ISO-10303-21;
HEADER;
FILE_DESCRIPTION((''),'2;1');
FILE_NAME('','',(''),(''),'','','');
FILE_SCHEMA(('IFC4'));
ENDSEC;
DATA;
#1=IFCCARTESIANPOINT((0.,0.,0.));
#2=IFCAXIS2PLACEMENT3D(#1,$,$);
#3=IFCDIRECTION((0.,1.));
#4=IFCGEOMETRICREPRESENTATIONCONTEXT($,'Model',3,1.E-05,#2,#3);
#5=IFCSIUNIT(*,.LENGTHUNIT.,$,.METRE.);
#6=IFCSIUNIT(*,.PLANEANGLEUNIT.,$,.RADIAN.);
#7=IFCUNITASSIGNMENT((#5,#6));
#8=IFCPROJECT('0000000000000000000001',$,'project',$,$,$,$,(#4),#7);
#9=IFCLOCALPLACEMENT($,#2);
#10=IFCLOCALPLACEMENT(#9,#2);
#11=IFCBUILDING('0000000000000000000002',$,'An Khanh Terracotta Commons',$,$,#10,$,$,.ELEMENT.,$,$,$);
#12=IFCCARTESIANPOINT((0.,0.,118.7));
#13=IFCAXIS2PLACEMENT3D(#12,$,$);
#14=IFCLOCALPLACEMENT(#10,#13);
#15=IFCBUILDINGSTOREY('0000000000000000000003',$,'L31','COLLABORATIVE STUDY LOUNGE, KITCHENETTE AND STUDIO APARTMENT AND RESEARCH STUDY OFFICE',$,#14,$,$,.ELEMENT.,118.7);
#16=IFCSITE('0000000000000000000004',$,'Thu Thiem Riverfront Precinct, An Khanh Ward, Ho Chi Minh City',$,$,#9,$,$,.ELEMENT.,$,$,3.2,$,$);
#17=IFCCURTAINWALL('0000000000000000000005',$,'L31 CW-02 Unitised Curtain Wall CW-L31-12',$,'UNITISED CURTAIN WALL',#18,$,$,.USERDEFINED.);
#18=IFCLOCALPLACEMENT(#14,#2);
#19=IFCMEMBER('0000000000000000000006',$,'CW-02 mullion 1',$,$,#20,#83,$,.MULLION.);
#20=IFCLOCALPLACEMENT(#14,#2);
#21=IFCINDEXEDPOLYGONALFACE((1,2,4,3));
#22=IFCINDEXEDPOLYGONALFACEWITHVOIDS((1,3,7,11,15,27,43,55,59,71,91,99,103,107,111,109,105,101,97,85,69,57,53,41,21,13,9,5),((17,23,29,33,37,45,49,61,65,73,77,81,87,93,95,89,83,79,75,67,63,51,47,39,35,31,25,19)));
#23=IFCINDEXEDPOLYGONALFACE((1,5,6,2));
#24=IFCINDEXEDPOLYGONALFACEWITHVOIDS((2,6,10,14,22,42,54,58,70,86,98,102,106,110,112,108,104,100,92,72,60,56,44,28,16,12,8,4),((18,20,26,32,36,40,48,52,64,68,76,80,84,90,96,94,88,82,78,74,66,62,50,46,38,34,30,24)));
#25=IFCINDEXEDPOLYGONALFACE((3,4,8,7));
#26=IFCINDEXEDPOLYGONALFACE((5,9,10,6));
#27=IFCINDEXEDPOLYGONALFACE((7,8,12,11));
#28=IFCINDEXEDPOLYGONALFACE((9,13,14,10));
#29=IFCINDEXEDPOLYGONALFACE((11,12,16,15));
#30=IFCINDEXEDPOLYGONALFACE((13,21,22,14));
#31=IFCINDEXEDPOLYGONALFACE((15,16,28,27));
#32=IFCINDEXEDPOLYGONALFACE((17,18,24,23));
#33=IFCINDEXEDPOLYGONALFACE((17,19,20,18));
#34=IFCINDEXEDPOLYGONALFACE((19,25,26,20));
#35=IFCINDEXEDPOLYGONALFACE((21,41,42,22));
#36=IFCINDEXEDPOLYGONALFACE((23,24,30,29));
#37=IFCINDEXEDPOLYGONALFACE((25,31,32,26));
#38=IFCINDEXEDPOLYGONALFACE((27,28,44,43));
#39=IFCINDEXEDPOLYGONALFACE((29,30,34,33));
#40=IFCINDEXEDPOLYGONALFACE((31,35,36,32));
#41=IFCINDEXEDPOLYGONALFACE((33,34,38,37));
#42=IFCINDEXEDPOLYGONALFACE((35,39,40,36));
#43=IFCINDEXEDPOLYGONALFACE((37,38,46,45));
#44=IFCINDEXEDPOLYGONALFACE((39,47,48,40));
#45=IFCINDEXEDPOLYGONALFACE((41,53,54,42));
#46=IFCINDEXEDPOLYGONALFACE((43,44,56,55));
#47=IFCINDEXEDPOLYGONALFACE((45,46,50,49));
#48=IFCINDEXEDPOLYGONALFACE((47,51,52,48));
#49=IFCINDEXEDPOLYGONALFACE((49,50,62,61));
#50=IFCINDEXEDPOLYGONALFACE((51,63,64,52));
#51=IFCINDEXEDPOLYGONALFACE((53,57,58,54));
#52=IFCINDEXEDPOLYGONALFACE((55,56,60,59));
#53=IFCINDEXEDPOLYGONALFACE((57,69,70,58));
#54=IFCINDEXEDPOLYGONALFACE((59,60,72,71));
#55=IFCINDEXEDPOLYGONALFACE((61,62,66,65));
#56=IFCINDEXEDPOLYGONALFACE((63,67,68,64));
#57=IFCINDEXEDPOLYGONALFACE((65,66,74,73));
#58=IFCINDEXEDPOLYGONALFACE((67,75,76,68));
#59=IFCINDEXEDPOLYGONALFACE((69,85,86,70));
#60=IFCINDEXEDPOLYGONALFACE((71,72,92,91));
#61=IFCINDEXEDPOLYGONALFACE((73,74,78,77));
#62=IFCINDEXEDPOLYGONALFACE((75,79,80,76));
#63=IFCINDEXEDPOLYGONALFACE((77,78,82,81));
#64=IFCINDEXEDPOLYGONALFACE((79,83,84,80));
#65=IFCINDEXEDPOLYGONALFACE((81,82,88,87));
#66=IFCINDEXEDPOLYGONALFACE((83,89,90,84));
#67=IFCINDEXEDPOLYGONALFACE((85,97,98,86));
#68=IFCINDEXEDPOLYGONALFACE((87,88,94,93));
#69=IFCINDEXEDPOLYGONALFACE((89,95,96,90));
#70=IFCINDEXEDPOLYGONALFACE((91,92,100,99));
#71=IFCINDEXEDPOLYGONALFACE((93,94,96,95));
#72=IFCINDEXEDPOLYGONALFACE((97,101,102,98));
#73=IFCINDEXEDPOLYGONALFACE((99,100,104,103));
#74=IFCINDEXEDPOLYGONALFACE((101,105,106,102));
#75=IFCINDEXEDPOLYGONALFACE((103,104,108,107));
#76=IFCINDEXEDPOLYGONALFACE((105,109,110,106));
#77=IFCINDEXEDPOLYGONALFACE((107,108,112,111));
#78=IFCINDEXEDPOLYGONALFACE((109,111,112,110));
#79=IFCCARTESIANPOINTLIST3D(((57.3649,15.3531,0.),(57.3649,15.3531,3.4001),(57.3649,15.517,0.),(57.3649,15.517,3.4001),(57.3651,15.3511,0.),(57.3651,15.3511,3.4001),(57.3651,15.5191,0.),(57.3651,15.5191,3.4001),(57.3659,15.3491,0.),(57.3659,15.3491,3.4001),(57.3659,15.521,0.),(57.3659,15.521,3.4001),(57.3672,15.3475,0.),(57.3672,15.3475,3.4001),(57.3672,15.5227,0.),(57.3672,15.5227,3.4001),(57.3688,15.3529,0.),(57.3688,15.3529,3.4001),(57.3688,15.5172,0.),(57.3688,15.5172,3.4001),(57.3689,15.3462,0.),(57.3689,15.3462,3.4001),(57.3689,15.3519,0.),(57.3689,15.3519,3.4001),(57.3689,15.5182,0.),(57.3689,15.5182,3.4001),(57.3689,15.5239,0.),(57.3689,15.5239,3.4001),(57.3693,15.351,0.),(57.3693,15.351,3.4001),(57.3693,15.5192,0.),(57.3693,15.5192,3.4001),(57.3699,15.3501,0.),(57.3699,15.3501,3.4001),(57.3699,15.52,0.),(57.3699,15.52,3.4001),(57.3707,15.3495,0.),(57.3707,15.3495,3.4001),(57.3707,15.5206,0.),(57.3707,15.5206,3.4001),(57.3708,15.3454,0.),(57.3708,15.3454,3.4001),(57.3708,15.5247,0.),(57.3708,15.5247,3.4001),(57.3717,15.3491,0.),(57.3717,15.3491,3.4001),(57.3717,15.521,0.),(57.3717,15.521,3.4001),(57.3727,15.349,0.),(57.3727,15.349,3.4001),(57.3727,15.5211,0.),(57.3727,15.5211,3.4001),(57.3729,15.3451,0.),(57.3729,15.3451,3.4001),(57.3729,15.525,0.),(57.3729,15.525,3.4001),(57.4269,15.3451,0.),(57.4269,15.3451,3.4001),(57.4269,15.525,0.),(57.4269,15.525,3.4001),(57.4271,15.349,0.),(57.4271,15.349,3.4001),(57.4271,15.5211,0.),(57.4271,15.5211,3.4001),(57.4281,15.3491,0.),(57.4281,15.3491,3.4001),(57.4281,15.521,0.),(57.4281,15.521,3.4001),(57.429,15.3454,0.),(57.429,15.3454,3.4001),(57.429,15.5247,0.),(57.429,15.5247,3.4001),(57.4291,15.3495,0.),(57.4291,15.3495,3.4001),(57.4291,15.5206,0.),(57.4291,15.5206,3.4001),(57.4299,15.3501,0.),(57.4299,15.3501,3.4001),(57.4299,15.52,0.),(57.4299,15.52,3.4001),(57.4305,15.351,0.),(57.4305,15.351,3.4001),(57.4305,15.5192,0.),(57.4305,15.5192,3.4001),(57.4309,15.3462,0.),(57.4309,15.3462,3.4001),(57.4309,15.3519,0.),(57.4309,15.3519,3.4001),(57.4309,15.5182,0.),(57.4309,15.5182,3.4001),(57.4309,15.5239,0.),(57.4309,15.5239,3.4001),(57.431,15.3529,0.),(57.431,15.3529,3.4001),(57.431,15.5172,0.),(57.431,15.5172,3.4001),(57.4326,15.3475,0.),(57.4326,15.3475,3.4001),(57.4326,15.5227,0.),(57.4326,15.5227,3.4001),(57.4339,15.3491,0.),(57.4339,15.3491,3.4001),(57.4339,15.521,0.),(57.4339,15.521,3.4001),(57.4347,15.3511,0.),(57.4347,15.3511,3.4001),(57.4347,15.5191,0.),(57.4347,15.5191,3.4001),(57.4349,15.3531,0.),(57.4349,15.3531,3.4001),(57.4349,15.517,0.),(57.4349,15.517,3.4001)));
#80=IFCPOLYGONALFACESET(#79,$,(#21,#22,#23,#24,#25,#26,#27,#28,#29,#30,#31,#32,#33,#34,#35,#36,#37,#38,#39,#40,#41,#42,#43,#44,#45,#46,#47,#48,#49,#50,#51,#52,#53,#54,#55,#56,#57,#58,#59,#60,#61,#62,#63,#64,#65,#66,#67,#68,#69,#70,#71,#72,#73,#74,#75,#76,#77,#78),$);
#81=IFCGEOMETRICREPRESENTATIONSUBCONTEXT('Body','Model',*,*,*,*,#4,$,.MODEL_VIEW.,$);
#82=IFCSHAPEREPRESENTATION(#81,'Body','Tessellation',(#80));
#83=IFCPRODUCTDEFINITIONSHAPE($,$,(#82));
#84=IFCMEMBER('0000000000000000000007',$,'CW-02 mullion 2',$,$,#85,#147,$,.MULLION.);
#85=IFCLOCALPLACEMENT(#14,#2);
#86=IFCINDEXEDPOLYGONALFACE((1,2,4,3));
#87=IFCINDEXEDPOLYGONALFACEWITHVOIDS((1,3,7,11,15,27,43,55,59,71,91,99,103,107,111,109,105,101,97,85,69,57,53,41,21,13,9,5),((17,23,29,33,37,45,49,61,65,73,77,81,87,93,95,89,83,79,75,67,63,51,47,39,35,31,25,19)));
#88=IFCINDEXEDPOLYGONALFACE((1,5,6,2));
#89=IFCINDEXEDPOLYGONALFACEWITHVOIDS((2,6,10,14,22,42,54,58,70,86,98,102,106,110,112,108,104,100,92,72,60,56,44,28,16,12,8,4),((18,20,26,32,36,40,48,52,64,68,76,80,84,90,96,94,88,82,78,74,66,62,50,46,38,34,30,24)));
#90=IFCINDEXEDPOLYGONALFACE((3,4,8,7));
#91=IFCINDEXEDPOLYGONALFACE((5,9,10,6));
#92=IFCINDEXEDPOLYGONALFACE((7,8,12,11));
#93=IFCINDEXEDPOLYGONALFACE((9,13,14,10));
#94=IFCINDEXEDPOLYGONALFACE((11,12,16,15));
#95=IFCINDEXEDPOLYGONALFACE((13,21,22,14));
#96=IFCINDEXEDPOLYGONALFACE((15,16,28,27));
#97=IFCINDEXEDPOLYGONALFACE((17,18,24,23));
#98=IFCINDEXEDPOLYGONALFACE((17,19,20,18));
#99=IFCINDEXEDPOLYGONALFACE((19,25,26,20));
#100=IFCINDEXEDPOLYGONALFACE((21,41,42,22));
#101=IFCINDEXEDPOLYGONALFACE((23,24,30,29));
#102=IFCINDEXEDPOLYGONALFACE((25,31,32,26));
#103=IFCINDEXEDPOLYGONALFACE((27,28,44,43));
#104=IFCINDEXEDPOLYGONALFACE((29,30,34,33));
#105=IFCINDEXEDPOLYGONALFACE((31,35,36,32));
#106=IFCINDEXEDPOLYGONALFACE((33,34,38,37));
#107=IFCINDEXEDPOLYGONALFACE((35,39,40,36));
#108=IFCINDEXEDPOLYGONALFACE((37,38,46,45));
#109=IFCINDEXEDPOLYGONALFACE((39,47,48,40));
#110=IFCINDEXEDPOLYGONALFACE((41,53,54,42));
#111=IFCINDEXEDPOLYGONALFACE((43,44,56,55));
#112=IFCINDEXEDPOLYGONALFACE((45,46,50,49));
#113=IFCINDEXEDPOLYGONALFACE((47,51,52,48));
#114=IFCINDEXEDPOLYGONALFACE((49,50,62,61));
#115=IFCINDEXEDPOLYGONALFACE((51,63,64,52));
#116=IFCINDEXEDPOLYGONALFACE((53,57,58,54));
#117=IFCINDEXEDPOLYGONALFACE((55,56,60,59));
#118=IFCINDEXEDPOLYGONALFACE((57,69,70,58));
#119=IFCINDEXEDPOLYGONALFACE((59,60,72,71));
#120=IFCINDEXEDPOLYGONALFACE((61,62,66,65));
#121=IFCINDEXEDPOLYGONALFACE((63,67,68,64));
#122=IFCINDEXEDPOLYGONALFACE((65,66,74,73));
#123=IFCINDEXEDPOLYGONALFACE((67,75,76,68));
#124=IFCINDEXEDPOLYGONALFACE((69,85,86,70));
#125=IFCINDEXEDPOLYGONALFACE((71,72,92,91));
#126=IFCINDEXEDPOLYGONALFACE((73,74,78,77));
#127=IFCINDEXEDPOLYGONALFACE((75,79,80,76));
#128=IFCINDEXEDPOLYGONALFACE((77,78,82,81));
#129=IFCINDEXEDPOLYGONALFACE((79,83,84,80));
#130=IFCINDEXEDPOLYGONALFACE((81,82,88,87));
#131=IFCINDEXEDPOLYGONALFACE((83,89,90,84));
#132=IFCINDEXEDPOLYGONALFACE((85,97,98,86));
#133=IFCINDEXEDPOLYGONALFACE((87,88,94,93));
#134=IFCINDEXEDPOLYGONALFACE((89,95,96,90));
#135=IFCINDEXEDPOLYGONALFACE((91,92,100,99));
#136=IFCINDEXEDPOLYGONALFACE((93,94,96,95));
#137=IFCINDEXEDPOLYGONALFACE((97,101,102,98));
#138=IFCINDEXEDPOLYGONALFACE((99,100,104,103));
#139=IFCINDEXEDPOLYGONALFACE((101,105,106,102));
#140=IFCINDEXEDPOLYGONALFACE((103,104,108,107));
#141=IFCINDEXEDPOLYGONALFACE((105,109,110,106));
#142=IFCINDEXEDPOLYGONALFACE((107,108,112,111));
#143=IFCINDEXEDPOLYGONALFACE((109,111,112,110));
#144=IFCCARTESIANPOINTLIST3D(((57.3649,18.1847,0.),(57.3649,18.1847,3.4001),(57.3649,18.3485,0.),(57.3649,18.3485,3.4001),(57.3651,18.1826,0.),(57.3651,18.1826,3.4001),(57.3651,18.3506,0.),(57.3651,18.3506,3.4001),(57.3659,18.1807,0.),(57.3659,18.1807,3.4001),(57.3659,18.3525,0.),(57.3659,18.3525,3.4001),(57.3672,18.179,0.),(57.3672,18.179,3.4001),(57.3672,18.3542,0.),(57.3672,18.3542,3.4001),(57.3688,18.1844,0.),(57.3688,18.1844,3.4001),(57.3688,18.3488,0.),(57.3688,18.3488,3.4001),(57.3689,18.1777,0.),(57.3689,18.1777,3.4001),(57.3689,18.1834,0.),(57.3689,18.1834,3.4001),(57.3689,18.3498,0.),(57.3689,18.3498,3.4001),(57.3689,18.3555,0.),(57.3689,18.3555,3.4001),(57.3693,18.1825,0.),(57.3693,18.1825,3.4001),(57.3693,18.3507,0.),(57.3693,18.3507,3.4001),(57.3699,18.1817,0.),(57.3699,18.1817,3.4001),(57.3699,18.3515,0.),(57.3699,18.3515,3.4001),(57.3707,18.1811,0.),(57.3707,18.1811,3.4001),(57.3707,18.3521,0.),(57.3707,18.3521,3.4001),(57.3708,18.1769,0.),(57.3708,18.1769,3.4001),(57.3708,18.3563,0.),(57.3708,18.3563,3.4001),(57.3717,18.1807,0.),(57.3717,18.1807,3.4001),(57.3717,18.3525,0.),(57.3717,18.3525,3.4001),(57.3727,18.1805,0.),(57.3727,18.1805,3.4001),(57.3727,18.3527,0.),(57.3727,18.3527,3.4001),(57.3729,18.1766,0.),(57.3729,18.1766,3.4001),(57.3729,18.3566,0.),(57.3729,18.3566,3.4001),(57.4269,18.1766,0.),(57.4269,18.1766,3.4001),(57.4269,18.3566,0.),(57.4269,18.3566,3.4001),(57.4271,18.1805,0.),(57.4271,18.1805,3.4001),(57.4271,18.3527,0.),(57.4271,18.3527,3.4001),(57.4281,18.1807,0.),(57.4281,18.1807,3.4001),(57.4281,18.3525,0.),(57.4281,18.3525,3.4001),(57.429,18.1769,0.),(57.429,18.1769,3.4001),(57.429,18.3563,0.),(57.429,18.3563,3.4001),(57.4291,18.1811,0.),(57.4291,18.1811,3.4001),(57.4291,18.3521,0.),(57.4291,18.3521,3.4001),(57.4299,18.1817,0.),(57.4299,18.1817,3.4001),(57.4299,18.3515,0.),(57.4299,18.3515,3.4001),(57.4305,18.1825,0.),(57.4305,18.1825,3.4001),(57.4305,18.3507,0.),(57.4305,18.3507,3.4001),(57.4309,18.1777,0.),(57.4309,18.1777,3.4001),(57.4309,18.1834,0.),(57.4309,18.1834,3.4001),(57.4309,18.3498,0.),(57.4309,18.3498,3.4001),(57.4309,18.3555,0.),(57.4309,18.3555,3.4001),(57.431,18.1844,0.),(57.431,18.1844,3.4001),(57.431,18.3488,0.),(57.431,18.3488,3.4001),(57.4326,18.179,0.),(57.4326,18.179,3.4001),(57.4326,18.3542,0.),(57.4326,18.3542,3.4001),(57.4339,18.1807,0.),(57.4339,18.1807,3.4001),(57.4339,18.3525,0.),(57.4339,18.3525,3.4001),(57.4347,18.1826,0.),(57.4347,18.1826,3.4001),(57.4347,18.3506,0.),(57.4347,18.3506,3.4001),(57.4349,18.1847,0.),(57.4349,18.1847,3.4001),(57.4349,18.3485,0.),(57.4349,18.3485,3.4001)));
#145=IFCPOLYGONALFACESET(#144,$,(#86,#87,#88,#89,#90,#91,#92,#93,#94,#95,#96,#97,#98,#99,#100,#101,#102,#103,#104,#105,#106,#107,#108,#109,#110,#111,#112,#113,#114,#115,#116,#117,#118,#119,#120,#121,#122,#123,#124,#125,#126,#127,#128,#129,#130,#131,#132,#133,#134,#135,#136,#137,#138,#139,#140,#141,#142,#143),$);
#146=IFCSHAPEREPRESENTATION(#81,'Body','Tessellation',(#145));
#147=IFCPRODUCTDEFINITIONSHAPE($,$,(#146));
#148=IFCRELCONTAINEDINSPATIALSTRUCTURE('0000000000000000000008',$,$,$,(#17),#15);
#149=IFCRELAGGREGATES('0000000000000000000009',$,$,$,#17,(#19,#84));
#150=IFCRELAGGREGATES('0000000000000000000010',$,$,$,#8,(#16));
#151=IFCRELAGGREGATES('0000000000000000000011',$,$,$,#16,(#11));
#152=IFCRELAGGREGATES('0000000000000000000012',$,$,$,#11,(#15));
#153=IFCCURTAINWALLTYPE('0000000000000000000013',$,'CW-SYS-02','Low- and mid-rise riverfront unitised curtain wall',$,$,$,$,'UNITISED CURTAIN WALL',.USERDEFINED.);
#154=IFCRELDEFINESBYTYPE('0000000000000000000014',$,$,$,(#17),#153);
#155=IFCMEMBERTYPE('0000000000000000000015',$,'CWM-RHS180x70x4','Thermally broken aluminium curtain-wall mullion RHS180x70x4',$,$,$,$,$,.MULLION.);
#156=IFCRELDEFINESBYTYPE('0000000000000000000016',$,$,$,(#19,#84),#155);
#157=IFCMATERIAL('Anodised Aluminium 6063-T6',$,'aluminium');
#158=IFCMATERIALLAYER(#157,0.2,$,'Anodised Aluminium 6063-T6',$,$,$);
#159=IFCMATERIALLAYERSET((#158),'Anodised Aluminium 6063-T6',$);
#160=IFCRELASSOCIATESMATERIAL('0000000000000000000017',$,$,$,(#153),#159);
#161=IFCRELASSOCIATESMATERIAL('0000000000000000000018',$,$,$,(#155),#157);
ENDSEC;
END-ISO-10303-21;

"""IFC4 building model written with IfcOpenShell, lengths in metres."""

from ifc_helpers import new_model, si_unit, direction, frame, origin, origin_2d, place, context, subcontext, project, spatial, hollow_rectangle, extrude, material, layer, layer_set, material_profile, profile_set, type_object, element, aggregate, save


model = new_model("IFC4")

# Units and contexts
model_context = context("Model", 3, precision=1e-05, world=origin(), true_north=direction((0.0, 1.0)))
body_context = subcontext(model_context, "Body", "Model", "MODEL_VIEW")
ifc_project = project(units=[si_unit("LENGTHUNIT", "METRE"), si_unit("PLANEANGLEUNIT", "RADIAN")], contexts=[model_context])

# Site, building, storey
site_placement = place(None, origin())
site = spatial("IfcSite", under=ifc_project, at=site_placement, Name="Thu Thiem Riverfront Precinct, An Khanh Ward, Ho Chi Minh City", CompositionType="ELEMENT", RefElevation=3.2)
building_placement = place(site_placement, origin())
building = spatial("IfcBuilding", under=site, at=building_placement, Name="An Khanh Terracotta Commons", CompositionType="ELEMENT")
storey_placement = place(building_placement, frame((0.0, 0.0, 118.7)))
storey = spatial("IfcBuildingStorey", under=building, at=storey_placement, Name="L31", Description="COLLABORATIVE STUDY LOUNGE, KITCHENETTE AND STUDIO APARTMENT AND RESEARCH STUDY OFFICE", CompositionType="ELEMENT", Elevation=118.7)

# Curtain wall, members
ifc_material_1 = material(Name="Anodised Aluminium 6063-T6", Category="aluminium")
ifc_layer_1 = layer(ifc_material_1, 0.2, Name="Anodised Aluminium 6063-T6")
ifc_layer_set_1 = layer_set([ifc_layer_1], Name="Anodised Aluminium 6063-T6")
curtain_wall_type = type_object("IfcCurtainWallType", Name="CW-SYS-02", Description="Low- and mid-rise riverfront unitised curtain wall", ElementType="UNITISED CURTAIN WALL", PredefinedType="USERDEFINED", material=ifc_layer_set_1)
ifc_material_profile_1 = material_profile(ifc_material_1, hollow_rectangle(XDim=0.0701, YDim=0.1799, WallThickness=0.0039, InnerFilletRadius=0.0039, OuterFilletRadius=0.0081, at=origin_2d()), Name="RHS180x70x4")
ifc_profile_set_1 = profile_set([ifc_material_profile_1], Name="Anodised Aluminium 6063-T6")
member_type_1 = type_object("IfcMemberType", Name="CWM-RHS180x70x4", Description="Thermally broken aluminium curtain-wall mullion RHS180x70x4", PredefinedType="MULLION", material=ifc_profile_set_1)
curtain_wall_1_placement = place(storey_placement, origin())
curtain_wall_1 = element("IfcCurtainWall", 1, at=curtain_wall_1_placement, inside=storey, type_object=curtain_wall_type, Name="L31 CW-02 Unitised Curtain Wall CW-L31-12", ObjectType="UNITISED CURTAIN WALL", PredefinedType="USERDEFINED")
member_1_placement = place(storey_placement, frame((57.3999, 15.4351, 0.0), z_axis=(0.0, 0.0, 1.0), x_axis=(-1.0, 0.0, 0.0)))
member_1 = element("IfcMember", 2, at=member_1_placement, type_object=member_type_1, Name="CW-02 mullion 1", PredefinedType="MULLION", context=body_context, shape_type="SweptSolid", body=[
    extrude(hollow_rectangle(XDim=0.0701, YDim=0.1799, WallThickness=0.0039, InnerFilletRadius=0.0039, OuterFilletRadius=0.0081, at=origin_2d()), origin(), (0.0, 0.0, 1.0), 3.4001),
])
member_2_placement = place(storey_placement, frame((57.3999, 18.2666, 0.0), z_axis=(0.0, 0.0, 1.0), x_axis=(-1.0, 0.0, 0.0)))
member_2 = element("IfcMember", 3, at=member_2_placement, type_object=member_type_1, Name="CW-02 mullion 2", PredefinedType="MULLION", context=body_context, shape_type="SweptSolid", body=[
    extrude(hollow_rectangle(XDim=0.0701, YDim=0.1799, WallThickness=0.0039, InnerFilletRadius=0.0039, OuterFilletRadius=0.0081, at=origin_2d()), origin(), (0.0, 0.0, 1.0), 3.4001),
])

aggregate(curtain_wall_1, [member_1, member_2])

save(model, "model.ifc")
